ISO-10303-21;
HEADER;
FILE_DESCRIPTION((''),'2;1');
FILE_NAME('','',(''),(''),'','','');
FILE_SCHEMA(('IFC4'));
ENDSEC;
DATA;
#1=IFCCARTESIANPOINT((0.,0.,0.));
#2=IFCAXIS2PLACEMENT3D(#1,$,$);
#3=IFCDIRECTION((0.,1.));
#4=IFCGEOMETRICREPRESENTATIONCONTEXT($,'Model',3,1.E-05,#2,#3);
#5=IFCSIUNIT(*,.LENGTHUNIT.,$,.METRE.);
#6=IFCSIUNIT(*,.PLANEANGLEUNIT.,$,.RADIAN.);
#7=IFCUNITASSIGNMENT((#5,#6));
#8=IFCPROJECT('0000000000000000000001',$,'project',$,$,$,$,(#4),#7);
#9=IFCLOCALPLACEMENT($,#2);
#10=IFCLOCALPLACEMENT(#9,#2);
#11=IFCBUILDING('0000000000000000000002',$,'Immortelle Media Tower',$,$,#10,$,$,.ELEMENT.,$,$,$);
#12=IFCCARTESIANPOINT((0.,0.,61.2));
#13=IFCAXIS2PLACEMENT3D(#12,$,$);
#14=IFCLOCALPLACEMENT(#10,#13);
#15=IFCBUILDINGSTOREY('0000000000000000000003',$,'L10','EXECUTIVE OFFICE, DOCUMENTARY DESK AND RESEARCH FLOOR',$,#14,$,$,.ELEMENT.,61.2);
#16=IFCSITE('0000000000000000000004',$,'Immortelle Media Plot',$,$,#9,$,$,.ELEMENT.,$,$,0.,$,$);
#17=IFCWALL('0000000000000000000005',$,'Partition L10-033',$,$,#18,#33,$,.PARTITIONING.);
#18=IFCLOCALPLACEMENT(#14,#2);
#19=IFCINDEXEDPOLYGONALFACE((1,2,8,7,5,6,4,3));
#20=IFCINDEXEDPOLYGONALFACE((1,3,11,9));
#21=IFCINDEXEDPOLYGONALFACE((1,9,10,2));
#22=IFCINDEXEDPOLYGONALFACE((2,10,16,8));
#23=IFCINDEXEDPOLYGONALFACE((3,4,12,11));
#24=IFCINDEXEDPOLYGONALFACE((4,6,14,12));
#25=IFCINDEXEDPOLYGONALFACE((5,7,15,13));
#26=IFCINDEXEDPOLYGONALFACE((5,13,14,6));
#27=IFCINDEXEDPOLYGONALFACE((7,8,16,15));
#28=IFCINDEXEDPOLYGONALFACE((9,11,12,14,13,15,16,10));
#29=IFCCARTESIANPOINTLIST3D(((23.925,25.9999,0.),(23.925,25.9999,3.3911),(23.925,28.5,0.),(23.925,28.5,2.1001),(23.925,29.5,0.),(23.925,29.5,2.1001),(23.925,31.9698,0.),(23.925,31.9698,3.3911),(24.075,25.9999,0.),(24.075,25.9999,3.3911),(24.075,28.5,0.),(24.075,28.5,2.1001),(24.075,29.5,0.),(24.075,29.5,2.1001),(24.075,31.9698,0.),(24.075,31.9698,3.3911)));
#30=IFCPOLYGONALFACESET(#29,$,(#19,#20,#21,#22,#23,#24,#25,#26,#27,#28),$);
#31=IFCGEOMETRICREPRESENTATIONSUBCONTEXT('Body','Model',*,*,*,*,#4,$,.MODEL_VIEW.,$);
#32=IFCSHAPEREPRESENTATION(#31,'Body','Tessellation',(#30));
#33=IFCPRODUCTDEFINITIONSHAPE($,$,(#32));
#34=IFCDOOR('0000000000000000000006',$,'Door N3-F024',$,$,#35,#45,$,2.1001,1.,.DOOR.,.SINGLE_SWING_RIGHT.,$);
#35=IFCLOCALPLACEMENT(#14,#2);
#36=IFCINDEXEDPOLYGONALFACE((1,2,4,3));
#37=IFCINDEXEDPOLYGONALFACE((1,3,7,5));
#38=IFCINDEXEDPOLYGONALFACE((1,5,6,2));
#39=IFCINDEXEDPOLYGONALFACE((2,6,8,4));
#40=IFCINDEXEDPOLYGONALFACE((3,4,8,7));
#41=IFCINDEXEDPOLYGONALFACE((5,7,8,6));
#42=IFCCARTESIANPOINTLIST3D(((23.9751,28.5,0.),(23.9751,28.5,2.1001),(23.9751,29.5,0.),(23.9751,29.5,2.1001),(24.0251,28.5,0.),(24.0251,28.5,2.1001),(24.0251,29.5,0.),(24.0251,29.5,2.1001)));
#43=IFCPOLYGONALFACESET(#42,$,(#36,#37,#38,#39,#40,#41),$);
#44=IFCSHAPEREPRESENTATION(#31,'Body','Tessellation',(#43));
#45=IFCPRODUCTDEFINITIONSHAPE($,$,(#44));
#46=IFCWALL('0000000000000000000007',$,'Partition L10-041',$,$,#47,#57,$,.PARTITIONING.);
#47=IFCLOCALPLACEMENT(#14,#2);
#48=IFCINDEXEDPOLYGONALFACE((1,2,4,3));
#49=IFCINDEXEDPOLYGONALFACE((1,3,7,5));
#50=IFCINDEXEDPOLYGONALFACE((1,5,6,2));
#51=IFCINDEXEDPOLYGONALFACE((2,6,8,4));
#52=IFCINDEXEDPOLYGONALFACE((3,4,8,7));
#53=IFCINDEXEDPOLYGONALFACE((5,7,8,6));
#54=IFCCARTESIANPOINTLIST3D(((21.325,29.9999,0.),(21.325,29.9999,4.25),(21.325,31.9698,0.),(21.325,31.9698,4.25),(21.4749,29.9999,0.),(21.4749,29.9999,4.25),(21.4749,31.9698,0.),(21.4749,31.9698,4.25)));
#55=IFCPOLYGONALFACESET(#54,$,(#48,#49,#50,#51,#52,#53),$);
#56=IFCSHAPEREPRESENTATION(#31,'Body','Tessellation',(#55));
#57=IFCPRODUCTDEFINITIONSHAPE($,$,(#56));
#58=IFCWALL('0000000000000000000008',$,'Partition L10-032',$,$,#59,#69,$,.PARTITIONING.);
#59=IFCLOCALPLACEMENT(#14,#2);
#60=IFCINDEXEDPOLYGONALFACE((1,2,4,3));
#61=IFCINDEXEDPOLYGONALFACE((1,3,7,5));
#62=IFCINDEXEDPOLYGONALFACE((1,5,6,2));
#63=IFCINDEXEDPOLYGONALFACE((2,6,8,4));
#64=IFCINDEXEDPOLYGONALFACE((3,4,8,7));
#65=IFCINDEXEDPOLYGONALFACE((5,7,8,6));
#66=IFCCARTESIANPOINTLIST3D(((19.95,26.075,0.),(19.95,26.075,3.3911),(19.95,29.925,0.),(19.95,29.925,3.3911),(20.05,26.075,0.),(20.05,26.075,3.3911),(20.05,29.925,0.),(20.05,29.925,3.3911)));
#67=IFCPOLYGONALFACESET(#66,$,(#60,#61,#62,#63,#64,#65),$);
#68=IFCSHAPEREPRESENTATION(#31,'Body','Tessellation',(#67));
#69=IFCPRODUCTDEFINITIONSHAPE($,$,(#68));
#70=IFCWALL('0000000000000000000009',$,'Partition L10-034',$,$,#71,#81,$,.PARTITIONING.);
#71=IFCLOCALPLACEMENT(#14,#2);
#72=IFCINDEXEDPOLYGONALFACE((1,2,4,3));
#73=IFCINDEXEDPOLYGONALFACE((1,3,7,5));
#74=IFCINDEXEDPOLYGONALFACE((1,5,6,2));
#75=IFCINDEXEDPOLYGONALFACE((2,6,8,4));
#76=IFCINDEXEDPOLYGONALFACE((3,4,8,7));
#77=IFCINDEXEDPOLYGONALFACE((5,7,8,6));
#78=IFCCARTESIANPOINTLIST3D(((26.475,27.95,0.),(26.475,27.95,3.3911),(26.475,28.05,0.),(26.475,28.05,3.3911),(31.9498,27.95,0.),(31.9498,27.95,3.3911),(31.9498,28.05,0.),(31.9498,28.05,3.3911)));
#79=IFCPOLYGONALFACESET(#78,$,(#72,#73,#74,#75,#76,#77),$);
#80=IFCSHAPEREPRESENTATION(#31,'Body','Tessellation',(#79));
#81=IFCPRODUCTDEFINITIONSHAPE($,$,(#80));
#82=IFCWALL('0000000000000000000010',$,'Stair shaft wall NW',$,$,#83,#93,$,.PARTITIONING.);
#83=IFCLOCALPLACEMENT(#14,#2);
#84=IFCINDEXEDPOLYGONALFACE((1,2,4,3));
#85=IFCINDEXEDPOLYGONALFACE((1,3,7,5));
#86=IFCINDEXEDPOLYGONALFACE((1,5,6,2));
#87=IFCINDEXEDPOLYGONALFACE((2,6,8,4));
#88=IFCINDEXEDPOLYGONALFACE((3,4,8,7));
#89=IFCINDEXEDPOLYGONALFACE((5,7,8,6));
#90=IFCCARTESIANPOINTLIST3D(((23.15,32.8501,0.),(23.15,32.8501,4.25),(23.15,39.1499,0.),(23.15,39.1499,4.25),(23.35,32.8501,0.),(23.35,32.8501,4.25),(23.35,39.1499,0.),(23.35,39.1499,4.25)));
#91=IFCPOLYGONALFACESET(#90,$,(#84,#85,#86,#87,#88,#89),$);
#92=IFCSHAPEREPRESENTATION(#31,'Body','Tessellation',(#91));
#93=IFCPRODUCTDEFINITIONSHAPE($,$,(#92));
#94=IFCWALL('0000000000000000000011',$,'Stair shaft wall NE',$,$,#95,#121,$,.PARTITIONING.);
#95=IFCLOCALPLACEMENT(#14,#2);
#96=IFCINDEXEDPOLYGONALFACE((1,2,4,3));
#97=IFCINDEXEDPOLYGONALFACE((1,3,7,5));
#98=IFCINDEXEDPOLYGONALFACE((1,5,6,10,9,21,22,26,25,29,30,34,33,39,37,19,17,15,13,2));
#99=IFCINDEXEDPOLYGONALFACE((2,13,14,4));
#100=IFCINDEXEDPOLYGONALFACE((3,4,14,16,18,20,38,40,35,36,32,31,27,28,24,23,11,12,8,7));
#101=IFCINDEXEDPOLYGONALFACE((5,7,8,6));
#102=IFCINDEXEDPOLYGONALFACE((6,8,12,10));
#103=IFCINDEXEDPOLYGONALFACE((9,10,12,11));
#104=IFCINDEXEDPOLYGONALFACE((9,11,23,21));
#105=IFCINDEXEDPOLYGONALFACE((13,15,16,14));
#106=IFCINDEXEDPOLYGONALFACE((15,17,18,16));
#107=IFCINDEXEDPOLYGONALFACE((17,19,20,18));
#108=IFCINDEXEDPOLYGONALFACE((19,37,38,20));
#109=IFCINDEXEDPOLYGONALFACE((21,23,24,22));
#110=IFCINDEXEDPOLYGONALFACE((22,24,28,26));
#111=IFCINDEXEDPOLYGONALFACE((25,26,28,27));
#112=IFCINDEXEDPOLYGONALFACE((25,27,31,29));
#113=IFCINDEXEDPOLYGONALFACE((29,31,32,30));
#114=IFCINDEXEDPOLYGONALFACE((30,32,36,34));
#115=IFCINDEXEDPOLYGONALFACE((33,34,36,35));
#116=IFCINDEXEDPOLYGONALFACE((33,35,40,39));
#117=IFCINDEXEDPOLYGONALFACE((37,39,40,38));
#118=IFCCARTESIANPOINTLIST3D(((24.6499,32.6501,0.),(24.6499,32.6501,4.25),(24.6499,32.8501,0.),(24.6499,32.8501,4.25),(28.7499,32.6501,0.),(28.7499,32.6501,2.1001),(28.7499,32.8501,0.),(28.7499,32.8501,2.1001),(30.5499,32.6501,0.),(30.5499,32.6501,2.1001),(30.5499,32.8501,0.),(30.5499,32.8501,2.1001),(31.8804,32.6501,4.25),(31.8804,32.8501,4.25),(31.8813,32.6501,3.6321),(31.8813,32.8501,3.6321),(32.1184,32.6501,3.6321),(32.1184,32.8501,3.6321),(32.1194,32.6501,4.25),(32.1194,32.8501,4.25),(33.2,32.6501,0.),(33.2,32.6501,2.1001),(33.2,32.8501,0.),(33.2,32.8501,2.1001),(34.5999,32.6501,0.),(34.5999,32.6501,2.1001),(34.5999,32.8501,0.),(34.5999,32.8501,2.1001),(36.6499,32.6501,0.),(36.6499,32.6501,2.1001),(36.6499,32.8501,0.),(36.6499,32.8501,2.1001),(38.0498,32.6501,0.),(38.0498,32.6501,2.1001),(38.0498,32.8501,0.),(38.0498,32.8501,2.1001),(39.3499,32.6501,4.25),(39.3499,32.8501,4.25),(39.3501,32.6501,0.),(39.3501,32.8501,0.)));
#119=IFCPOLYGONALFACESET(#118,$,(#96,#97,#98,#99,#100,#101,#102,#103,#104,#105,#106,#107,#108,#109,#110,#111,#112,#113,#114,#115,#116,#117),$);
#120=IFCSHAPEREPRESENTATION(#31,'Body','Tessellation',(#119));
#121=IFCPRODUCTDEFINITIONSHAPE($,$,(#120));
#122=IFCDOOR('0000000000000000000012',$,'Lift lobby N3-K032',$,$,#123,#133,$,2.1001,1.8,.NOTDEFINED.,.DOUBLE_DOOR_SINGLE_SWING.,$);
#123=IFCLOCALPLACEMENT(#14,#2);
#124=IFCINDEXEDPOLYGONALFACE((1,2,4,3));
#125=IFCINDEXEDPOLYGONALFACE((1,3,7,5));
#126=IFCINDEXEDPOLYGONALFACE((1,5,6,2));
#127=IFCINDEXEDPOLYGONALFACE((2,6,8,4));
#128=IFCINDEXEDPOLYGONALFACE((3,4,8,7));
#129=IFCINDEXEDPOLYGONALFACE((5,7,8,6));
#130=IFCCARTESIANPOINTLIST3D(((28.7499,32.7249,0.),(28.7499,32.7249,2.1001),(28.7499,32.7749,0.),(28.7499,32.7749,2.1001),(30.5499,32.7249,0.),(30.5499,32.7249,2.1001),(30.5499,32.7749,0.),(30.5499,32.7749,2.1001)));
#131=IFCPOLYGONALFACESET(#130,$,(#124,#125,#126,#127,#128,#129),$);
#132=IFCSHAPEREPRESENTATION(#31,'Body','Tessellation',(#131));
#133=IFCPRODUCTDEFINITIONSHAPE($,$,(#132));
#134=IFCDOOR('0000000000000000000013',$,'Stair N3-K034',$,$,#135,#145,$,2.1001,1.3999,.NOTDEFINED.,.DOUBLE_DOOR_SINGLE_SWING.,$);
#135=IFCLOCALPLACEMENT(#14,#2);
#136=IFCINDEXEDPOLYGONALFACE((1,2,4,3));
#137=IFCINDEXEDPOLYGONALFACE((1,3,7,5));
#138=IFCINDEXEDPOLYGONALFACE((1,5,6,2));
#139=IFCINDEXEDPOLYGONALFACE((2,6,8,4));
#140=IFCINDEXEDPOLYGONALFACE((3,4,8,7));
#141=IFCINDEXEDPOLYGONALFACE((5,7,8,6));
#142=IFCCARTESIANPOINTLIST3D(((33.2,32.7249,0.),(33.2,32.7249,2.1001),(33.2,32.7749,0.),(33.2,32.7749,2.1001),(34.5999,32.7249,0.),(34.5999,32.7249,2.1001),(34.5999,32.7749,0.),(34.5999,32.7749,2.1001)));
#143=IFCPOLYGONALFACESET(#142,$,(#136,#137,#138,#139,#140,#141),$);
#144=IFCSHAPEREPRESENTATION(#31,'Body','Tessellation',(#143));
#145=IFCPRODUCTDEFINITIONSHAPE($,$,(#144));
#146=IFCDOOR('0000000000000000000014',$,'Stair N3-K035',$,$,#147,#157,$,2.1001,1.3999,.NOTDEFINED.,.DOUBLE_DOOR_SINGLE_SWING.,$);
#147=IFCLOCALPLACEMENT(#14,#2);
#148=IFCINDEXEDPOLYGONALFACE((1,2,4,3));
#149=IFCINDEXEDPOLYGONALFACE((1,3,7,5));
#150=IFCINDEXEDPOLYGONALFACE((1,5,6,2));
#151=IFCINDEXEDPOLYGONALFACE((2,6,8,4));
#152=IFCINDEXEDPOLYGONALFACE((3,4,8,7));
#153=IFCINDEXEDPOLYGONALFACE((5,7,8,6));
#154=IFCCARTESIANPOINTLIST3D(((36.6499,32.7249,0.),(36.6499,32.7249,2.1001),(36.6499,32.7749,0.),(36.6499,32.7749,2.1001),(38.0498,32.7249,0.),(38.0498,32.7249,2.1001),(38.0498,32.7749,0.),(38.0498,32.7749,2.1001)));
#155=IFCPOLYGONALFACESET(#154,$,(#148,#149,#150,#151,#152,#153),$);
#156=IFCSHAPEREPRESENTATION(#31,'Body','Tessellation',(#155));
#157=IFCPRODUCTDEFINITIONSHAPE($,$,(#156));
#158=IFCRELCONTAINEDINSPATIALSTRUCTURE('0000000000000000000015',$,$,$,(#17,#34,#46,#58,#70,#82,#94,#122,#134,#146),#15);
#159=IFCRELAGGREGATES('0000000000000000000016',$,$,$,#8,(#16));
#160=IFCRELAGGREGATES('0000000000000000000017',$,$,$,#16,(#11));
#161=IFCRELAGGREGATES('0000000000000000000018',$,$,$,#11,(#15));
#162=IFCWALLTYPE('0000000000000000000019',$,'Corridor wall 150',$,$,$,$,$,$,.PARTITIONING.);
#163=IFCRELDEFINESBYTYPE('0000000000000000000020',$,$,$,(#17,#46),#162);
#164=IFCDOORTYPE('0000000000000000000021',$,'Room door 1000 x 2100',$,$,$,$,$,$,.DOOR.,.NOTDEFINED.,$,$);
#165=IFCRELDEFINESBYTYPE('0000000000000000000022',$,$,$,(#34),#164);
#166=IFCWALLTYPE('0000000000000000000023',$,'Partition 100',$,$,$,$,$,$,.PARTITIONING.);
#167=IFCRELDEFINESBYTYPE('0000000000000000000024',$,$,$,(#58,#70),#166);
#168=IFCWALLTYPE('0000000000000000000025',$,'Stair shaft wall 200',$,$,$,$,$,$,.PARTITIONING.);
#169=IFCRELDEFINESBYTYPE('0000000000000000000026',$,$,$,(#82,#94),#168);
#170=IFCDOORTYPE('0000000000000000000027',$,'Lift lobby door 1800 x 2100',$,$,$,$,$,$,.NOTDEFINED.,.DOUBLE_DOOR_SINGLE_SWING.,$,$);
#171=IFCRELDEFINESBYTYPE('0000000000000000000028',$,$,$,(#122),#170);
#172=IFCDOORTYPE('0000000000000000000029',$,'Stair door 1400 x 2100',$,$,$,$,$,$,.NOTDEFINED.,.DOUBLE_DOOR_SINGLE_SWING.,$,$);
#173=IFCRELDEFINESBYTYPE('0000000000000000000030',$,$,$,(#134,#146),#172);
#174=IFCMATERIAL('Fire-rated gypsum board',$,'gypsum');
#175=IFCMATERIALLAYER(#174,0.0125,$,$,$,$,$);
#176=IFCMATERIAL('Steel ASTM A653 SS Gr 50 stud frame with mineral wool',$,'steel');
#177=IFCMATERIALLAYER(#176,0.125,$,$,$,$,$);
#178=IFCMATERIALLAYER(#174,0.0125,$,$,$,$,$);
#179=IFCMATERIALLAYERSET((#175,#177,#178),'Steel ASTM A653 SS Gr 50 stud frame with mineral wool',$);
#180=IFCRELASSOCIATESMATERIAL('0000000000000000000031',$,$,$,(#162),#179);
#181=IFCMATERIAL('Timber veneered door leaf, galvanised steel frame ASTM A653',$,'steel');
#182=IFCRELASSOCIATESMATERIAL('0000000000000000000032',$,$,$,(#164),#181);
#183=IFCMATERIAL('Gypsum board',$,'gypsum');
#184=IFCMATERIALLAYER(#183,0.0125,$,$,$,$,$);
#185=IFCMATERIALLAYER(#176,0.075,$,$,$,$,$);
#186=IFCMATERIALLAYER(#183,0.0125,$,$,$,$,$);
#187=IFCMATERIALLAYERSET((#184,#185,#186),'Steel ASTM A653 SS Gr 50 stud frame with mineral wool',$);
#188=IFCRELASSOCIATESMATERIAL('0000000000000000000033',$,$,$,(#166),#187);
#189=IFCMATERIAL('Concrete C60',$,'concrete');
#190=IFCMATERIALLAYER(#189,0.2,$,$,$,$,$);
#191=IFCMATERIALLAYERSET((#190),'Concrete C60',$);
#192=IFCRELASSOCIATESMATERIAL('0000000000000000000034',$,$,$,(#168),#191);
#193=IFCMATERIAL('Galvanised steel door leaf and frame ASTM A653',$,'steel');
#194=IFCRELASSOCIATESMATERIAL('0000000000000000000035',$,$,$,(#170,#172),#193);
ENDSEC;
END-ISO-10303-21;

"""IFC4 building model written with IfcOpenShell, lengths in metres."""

from ifc_helpers import new_model, si_unit, direction, frame, frame_2d, origin, place, context, subcontext, project, spatial, polyline, rectangle, outline, extrude, material, layer, layer_set, type_object, element, fill, save


model = new_model("IFC4")

# Units and contexts
model_context = context("Model", 3, precision=1e-05, world=origin(), true_north=direction((0.0, 1.0)))
body_context = subcontext(model_context, "Body", "Model", "MODEL_VIEW")
ifc_project = project(units=[si_unit("LENGTHUNIT", "METRE"), si_unit("PLANEANGLEUNIT", "RADIAN")], contexts=[model_context])

# Site, building, storey
site_placement = place(None, origin())
site = spatial("IfcSite", under=ifc_project, at=site_placement, Name="Immortelle Media Plot", CompositionType="ELEMENT", RefElevation=0.0)
building_placement = place(site_placement, origin())
building = spatial("IfcBuilding", under=site, at=building_placement, Name="Immortelle Media Tower", CompositionType="ELEMENT")
storey_placement = place(building_placement, frame((0.0, 0.0, 61.2)))
storey = spatial("IfcBuildingStorey", under=building, at=storey_placement, Name="L10", Description="EXECUTIVE OFFICE, DOCUMENTARY DESK AND RESEARCH FLOOR", CompositionType="ELEMENT", Elevation=61.2)

# Shared definitions
ifc_material_1 = material(Name="Fire-rated gypsum board", Category="gypsum")
ifc_material_2 = material(Name="Steel ASTM A653 SS Gr 50 stud frame with mineral wool", Category="steel")

# Wall, opening, door
ifc_layer_1 = layer(ifc_material_1, 0.0125)
ifc_layer_2 = layer(ifc_material_2, 0.125)
ifc_layer_3 = layer(ifc_material_1, 0.0125)
ifc_layer_set_1 = layer_set([ifc_layer_1, ifc_layer_2, ifc_layer_3], Name="Steel ASTM A653 SS Gr 50 stud frame with mineral wool")
wall_type_1 = type_object("IfcWallType", Name="Corridor wall 150", PredefinedType="PARTITIONING", material=ifc_layer_set_1)
wall_1_placement = place(storey_placement, frame((24.0, 26.0, 0.0), z_axis=(0.0, 0.0, 1.0), x_axis=(0.0, 1.0, 0.0)))
wall_1 = element("IfcWall", 1, at=wall_1_placement, inside=storey, type_object=wall_type_1, Name="Partition L10-033", PredefinedType="PARTITIONING", context=body_context, shape_type="SweptSolid", body=[
    extrude(rectangle(XDim=5.97, YDim=0.1499, at=frame_2d((2.9849, 0.0))), origin(), (0.0, 0.0, 1.0), 3.3911),
])
opening_1_placement = place(wall_1_placement, frame((2.5, 0.0, 0.0)))
opening_1 = element("IfcOpeningElement", 2, at=opening_1_placement, cuts=wall_1, PredefinedType="OPENING", context=body_context, shape_type="SweptSolid", body=[
    extrude(rectangle(XDim=1.0, YDim=2.1001, at=frame_2d((0.5, 1.05))), frame((0.0, 0.085, 0.0), z_axis=(0.0, -1.0, 0.0), x_axis=(1.0, 0.0, 0.0)), (0.0, 0.0, 1.0), 0.1699),
])
ifc_material_3 = material(Name="Timber veneered door leaf, galvanised steel frame ASTM A653", Category="steel")
door_type_1 = type_object("IfcDoorType", Name="Room door 1000 x 2100", OperationType="NOTDEFINED", PredefinedType="DOOR", material=ifc_material_3)
door_1_placement = place(opening_1_placement, origin())
door_1 = element("IfcDoor", 3, at=door_1_placement, inside=storey, type_object=door_type_1, Name="Door N3-F024", OperationType="SINGLE_SWING_RIGHT", OverallHeight=2.1001, OverallWidth=1.0, PredefinedType="DOOR", context=body_context, shape_type="SweptSolid", body=[
    extrude(rectangle(XDim=1.0, YDim=2.1001, at=frame_2d((0.5, 1.05))), frame((0.0, 0.0249, 0.0), z_axis=(0.0, -1.0, 0.0), x_axis=(1.0, 0.0, 0.0)), (0.0, 0.0, 1.0), 0.05),
])
fill(opening_1, door_1)

# Walls
wall_2_placement = place(storey_placement, frame((21.3999, 30.0, 0.0), z_axis=(0.0, 0.0, 1.0), x_axis=(0.0, 1.0, 0.0)))
element("IfcWall", 4, at=wall_2_placement, inside=storey, type_object=wall_type_1, Name="Partition L10-041", PredefinedType="PARTITIONING", context=body_context, shape_type="SweptSolid", body=[
    extrude(rectangle(XDim=1.97, YDim=0.1499, at=frame_2d((0.9849, 0.0))), origin(), (0.0, 0.0, 1.0), 4.25),
])
ifc_material_4 = material(Name="Gypsum board", Category="gypsum")
ifc_layer_4 = layer(ifc_material_4, 0.0125)
ifc_layer_5 = layer(ifc_material_2, 0.075)
ifc_layer_6 = layer(ifc_material_4, 0.0125)
ifc_layer_set_2 = layer_set([ifc_layer_4, ifc_layer_5, ifc_layer_6], Name="Steel ASTM A653 SS Gr 50 stud frame with mineral wool")
wall_type_2 = type_object("IfcWallType", Name="Partition 100", PredefinedType="PARTITIONING", material=ifc_layer_set_2)
wall_3_placement = place(storey_placement, frame((20.0, 26.075, 0.0), z_axis=(0.0, 0.0, 1.0), x_axis=(0.0, 1.0, 0.0)))
element("IfcWall", 5, at=wall_3_placement, inside=storey, type_object=wall_type_2, Name="Partition L10-032", PredefinedType="PARTITIONING", context=body_context, shape_type="SweptSolid", body=[
    extrude(rectangle(XDim=3.8501, YDim=0.1001, at=frame_2d((1.925, 0.0))), origin(), (0.0, 0.0, 1.0), 3.3911),
])
wall_4_placement = place(storey_placement, frame((26.4751, 28.0, 0.0), z_axis=(0.0, 0.0, 1.0), x_axis=(1.0, 0.0, 0.0)))
element("IfcWall", 6, at=wall_4_placement, inside=storey, type_object=wall_type_2, Name="Partition L10-034", PredefinedType="PARTITIONING", context=body_context, shape_type="SweptSolid", body=[
    extrude(rectangle(XDim=5.4749, YDim=0.1001, at=frame_2d((2.7373, 0.0))), origin(), (0.0, 0.0, 1.0), 3.3911),
])
ifc_material_5 = material(Name="Concrete C60", Category="concrete")
ifc_layer_7 = layer(ifc_material_5, 0.2)
ifc_layer_set_3 = layer_set([ifc_layer_7], Name="Concrete C60")
wall_type_3 = type_object("IfcWallType", Name="Stair shaft wall 200", PredefinedType="PARTITIONING", material=ifc_layer_set_3)
wall_5_placement = place(storey_placement, frame((23.25, 32.8501, 0.0), z_axis=(0.0, 0.0, 1.0), x_axis=(0.0, 1.0, 0.0)))
element("IfcWall", 7, at=wall_5_placement, inside=storey, type_object=wall_type_3, Name="Stair shaft wall NW", PredefinedType="PARTITIONING", context=body_context, shape_type="SweptSolid", body=[
    extrude(rectangle(XDim=6.2998, YDim=0.2, at=frame_2d((3.1499, 0.0))), origin(), (0.0, 0.0, 1.0), 4.25),
])

# Wall, openings, doors
wall_6_placement = place(storey_placement, frame((24.6499, 32.75, 0.0), z_axis=(0.0, 0.0, 1.0), x_axis=(1.0, 0.0, 0.0)))
wall_6 = element("IfcWall", 8, at=wall_6_placement, inside=storey, type_object=wall_type_3, Name="Stair shaft wall NE", PredefinedType="PARTITIONING", context=body_context, shape_type="SweptSolid", body=[
    extrude(outline(polyline([(0.0, 0.0), (14.7002, 0.0), (14.7, 4.25), (7.4695, 4.25), (7.4685, 3.6321), (7.2314, 3.6321), (7.2305, 4.25), (0.0, 4.25), (0.0, 0.0)])), frame((0.0, 0.1001, 0.0), z_axis=(0.0, -1.0, 0.0), x_axis=(1.0, 0.0, 0.0)), (0.0, 0.0, 1.0), 0.2),
])
opening_2_placement = place(wall_6_placement, frame((4.1001, 0.0, 0.0)))
opening_2 = element("IfcOpeningElement", 9, at=opening_2_placement, cuts=wall_6, PredefinedType="OPENING", context=body_context, shape_type="SweptSolid", body=[
    extrude(rectangle(XDim=1.8, YDim=2.1001, at=frame_2d((0.8999, 1.05))), frame((0.0, 0.1099, 0.0), z_axis=(0.0, -1.0, 0.0), x_axis=(1.0, 0.0, 0.0)), (0.0, 0.0, 1.0), 0.22),
])
opening_3_placement = place(wall_6_placement, frame((8.55, 0.0, 0.0)))
opening_3 = element("IfcOpeningElement", 10, at=opening_3_placement, cuts=wall_6, PredefinedType="OPENING", context=body_context, shape_type="SweptSolid", body=[
    extrude(rectangle(XDim=1.3999, YDim=2.1001, at=frame_2d((0.7, 1.05))), frame((0.0, 0.1099, 0.0), z_axis=(0.0, -1.0, 0.0), x_axis=(1.0, 0.0, 0.0)), (0.0, 0.0, 1.0), 0.22),
])
opening_4_placement = place(wall_6_placement, frame((12.0, 0.0, 0.0)))
opening_4 = element("IfcOpeningElement", 11, at=opening_4_placement, cuts=wall_6, PredefinedType="OPENING", context=body_context, shape_type="SweptSolid", body=[
    extrude(rectangle(XDim=1.3999, YDim=2.1001, at=frame_2d((0.7, 1.05))), frame((0.0, 0.1099, 0.0), z_axis=(0.0, -1.0, 0.0), x_axis=(1.0, 0.0, 0.0)), (0.0, 0.0, 1.0), 0.22),
])
ifc_material_6 = material(Name="Galvanised steel door leaf and frame ASTM A653", Category="steel")
door_type_2 = type_object("IfcDoorType", Name="Lift lobby door 1800 x 2100", OperationType="DOUBLE_DOOR_SINGLE_SWING", PredefinedType="NOTDEFINED", material=ifc_material_6)
door_2_placement = place(opening_2_placement, origin())
door_2 = element("IfcDoor", 12, at=door_2_placement, inside=storey, type_object=door_type_2, Name="Lift lobby N3-K032", OperationType="DOUBLE_DOOR_SINGLE_SWING", OverallHeight=2.1001, OverallWidth=1.8, PredefinedType="NOTDEFINED", context=body_context, shape_type="SweptSolid", body=[
    extrude(rectangle(XDim=1.8, YDim=2.1001, at=frame_2d((0.8999, 1.05))), frame((0.0, 0.0249, 0.0), z_axis=(0.0, -1.0, 0.0), x_axis=(1.0, 0.0, 0.0)), (0.0, 0.0, 1.0), 0.05),
])
fill(opening_2, door_2)
door_type_3 = type_object("IfcDoorType", Name="Stair door 1400 x 2100", OperationType="DOUBLE_DOOR_SINGLE_SWING", PredefinedType="NOTDEFINED", material=ifc_material_6)
door_3_placement = place(opening_3_placement, origin())
door_3 = element("IfcDoor", 13, at=door_3_placement, inside=storey, type_object=door_type_3, Name="Stair N3-K034", OperationType="DOUBLE_DOOR_SINGLE_SWING", OverallHeight=2.1001, OverallWidth=1.3999, PredefinedType="NOTDEFINED", context=body_context, shape_type="SweptSolid", body=[
    extrude(rectangle(XDim=1.3999, YDim=2.1001, at=frame_2d((0.7, 1.05))), frame((0.0, 0.0249, 0.0), z_axis=(0.0, -1.0, 0.0), x_axis=(1.0, 0.0, 0.0)), (0.0, 0.0, 1.0), 0.05),
])
fill(opening_3, door_3)
door_4_placement = place(opening_4_placement, origin())
door_4 = element("IfcDoor", 14, at=door_4_placement, inside=storey, type_object=door_type_3, Name="Stair N3-K035", OperationType="DOUBLE_DOOR_SINGLE_SWING", OverallHeight=2.1001, OverallWidth=1.3999, PredefinedType="NOTDEFINED", context=body_context, shape_type="SweptSolid", body=[
    extrude(rectangle(XDim=1.3999, YDim=2.1001, at=frame_2d((0.7, 1.05))), frame((0.0, 0.0249, 0.0), z_axis=(0.0, -1.0, 0.0), x_axis=(1.0, 0.0, 0.0)), (0.0, 0.0, 1.0), 0.05),
])
fill(opening_4, door_4)

save(model, "model.ifc")
